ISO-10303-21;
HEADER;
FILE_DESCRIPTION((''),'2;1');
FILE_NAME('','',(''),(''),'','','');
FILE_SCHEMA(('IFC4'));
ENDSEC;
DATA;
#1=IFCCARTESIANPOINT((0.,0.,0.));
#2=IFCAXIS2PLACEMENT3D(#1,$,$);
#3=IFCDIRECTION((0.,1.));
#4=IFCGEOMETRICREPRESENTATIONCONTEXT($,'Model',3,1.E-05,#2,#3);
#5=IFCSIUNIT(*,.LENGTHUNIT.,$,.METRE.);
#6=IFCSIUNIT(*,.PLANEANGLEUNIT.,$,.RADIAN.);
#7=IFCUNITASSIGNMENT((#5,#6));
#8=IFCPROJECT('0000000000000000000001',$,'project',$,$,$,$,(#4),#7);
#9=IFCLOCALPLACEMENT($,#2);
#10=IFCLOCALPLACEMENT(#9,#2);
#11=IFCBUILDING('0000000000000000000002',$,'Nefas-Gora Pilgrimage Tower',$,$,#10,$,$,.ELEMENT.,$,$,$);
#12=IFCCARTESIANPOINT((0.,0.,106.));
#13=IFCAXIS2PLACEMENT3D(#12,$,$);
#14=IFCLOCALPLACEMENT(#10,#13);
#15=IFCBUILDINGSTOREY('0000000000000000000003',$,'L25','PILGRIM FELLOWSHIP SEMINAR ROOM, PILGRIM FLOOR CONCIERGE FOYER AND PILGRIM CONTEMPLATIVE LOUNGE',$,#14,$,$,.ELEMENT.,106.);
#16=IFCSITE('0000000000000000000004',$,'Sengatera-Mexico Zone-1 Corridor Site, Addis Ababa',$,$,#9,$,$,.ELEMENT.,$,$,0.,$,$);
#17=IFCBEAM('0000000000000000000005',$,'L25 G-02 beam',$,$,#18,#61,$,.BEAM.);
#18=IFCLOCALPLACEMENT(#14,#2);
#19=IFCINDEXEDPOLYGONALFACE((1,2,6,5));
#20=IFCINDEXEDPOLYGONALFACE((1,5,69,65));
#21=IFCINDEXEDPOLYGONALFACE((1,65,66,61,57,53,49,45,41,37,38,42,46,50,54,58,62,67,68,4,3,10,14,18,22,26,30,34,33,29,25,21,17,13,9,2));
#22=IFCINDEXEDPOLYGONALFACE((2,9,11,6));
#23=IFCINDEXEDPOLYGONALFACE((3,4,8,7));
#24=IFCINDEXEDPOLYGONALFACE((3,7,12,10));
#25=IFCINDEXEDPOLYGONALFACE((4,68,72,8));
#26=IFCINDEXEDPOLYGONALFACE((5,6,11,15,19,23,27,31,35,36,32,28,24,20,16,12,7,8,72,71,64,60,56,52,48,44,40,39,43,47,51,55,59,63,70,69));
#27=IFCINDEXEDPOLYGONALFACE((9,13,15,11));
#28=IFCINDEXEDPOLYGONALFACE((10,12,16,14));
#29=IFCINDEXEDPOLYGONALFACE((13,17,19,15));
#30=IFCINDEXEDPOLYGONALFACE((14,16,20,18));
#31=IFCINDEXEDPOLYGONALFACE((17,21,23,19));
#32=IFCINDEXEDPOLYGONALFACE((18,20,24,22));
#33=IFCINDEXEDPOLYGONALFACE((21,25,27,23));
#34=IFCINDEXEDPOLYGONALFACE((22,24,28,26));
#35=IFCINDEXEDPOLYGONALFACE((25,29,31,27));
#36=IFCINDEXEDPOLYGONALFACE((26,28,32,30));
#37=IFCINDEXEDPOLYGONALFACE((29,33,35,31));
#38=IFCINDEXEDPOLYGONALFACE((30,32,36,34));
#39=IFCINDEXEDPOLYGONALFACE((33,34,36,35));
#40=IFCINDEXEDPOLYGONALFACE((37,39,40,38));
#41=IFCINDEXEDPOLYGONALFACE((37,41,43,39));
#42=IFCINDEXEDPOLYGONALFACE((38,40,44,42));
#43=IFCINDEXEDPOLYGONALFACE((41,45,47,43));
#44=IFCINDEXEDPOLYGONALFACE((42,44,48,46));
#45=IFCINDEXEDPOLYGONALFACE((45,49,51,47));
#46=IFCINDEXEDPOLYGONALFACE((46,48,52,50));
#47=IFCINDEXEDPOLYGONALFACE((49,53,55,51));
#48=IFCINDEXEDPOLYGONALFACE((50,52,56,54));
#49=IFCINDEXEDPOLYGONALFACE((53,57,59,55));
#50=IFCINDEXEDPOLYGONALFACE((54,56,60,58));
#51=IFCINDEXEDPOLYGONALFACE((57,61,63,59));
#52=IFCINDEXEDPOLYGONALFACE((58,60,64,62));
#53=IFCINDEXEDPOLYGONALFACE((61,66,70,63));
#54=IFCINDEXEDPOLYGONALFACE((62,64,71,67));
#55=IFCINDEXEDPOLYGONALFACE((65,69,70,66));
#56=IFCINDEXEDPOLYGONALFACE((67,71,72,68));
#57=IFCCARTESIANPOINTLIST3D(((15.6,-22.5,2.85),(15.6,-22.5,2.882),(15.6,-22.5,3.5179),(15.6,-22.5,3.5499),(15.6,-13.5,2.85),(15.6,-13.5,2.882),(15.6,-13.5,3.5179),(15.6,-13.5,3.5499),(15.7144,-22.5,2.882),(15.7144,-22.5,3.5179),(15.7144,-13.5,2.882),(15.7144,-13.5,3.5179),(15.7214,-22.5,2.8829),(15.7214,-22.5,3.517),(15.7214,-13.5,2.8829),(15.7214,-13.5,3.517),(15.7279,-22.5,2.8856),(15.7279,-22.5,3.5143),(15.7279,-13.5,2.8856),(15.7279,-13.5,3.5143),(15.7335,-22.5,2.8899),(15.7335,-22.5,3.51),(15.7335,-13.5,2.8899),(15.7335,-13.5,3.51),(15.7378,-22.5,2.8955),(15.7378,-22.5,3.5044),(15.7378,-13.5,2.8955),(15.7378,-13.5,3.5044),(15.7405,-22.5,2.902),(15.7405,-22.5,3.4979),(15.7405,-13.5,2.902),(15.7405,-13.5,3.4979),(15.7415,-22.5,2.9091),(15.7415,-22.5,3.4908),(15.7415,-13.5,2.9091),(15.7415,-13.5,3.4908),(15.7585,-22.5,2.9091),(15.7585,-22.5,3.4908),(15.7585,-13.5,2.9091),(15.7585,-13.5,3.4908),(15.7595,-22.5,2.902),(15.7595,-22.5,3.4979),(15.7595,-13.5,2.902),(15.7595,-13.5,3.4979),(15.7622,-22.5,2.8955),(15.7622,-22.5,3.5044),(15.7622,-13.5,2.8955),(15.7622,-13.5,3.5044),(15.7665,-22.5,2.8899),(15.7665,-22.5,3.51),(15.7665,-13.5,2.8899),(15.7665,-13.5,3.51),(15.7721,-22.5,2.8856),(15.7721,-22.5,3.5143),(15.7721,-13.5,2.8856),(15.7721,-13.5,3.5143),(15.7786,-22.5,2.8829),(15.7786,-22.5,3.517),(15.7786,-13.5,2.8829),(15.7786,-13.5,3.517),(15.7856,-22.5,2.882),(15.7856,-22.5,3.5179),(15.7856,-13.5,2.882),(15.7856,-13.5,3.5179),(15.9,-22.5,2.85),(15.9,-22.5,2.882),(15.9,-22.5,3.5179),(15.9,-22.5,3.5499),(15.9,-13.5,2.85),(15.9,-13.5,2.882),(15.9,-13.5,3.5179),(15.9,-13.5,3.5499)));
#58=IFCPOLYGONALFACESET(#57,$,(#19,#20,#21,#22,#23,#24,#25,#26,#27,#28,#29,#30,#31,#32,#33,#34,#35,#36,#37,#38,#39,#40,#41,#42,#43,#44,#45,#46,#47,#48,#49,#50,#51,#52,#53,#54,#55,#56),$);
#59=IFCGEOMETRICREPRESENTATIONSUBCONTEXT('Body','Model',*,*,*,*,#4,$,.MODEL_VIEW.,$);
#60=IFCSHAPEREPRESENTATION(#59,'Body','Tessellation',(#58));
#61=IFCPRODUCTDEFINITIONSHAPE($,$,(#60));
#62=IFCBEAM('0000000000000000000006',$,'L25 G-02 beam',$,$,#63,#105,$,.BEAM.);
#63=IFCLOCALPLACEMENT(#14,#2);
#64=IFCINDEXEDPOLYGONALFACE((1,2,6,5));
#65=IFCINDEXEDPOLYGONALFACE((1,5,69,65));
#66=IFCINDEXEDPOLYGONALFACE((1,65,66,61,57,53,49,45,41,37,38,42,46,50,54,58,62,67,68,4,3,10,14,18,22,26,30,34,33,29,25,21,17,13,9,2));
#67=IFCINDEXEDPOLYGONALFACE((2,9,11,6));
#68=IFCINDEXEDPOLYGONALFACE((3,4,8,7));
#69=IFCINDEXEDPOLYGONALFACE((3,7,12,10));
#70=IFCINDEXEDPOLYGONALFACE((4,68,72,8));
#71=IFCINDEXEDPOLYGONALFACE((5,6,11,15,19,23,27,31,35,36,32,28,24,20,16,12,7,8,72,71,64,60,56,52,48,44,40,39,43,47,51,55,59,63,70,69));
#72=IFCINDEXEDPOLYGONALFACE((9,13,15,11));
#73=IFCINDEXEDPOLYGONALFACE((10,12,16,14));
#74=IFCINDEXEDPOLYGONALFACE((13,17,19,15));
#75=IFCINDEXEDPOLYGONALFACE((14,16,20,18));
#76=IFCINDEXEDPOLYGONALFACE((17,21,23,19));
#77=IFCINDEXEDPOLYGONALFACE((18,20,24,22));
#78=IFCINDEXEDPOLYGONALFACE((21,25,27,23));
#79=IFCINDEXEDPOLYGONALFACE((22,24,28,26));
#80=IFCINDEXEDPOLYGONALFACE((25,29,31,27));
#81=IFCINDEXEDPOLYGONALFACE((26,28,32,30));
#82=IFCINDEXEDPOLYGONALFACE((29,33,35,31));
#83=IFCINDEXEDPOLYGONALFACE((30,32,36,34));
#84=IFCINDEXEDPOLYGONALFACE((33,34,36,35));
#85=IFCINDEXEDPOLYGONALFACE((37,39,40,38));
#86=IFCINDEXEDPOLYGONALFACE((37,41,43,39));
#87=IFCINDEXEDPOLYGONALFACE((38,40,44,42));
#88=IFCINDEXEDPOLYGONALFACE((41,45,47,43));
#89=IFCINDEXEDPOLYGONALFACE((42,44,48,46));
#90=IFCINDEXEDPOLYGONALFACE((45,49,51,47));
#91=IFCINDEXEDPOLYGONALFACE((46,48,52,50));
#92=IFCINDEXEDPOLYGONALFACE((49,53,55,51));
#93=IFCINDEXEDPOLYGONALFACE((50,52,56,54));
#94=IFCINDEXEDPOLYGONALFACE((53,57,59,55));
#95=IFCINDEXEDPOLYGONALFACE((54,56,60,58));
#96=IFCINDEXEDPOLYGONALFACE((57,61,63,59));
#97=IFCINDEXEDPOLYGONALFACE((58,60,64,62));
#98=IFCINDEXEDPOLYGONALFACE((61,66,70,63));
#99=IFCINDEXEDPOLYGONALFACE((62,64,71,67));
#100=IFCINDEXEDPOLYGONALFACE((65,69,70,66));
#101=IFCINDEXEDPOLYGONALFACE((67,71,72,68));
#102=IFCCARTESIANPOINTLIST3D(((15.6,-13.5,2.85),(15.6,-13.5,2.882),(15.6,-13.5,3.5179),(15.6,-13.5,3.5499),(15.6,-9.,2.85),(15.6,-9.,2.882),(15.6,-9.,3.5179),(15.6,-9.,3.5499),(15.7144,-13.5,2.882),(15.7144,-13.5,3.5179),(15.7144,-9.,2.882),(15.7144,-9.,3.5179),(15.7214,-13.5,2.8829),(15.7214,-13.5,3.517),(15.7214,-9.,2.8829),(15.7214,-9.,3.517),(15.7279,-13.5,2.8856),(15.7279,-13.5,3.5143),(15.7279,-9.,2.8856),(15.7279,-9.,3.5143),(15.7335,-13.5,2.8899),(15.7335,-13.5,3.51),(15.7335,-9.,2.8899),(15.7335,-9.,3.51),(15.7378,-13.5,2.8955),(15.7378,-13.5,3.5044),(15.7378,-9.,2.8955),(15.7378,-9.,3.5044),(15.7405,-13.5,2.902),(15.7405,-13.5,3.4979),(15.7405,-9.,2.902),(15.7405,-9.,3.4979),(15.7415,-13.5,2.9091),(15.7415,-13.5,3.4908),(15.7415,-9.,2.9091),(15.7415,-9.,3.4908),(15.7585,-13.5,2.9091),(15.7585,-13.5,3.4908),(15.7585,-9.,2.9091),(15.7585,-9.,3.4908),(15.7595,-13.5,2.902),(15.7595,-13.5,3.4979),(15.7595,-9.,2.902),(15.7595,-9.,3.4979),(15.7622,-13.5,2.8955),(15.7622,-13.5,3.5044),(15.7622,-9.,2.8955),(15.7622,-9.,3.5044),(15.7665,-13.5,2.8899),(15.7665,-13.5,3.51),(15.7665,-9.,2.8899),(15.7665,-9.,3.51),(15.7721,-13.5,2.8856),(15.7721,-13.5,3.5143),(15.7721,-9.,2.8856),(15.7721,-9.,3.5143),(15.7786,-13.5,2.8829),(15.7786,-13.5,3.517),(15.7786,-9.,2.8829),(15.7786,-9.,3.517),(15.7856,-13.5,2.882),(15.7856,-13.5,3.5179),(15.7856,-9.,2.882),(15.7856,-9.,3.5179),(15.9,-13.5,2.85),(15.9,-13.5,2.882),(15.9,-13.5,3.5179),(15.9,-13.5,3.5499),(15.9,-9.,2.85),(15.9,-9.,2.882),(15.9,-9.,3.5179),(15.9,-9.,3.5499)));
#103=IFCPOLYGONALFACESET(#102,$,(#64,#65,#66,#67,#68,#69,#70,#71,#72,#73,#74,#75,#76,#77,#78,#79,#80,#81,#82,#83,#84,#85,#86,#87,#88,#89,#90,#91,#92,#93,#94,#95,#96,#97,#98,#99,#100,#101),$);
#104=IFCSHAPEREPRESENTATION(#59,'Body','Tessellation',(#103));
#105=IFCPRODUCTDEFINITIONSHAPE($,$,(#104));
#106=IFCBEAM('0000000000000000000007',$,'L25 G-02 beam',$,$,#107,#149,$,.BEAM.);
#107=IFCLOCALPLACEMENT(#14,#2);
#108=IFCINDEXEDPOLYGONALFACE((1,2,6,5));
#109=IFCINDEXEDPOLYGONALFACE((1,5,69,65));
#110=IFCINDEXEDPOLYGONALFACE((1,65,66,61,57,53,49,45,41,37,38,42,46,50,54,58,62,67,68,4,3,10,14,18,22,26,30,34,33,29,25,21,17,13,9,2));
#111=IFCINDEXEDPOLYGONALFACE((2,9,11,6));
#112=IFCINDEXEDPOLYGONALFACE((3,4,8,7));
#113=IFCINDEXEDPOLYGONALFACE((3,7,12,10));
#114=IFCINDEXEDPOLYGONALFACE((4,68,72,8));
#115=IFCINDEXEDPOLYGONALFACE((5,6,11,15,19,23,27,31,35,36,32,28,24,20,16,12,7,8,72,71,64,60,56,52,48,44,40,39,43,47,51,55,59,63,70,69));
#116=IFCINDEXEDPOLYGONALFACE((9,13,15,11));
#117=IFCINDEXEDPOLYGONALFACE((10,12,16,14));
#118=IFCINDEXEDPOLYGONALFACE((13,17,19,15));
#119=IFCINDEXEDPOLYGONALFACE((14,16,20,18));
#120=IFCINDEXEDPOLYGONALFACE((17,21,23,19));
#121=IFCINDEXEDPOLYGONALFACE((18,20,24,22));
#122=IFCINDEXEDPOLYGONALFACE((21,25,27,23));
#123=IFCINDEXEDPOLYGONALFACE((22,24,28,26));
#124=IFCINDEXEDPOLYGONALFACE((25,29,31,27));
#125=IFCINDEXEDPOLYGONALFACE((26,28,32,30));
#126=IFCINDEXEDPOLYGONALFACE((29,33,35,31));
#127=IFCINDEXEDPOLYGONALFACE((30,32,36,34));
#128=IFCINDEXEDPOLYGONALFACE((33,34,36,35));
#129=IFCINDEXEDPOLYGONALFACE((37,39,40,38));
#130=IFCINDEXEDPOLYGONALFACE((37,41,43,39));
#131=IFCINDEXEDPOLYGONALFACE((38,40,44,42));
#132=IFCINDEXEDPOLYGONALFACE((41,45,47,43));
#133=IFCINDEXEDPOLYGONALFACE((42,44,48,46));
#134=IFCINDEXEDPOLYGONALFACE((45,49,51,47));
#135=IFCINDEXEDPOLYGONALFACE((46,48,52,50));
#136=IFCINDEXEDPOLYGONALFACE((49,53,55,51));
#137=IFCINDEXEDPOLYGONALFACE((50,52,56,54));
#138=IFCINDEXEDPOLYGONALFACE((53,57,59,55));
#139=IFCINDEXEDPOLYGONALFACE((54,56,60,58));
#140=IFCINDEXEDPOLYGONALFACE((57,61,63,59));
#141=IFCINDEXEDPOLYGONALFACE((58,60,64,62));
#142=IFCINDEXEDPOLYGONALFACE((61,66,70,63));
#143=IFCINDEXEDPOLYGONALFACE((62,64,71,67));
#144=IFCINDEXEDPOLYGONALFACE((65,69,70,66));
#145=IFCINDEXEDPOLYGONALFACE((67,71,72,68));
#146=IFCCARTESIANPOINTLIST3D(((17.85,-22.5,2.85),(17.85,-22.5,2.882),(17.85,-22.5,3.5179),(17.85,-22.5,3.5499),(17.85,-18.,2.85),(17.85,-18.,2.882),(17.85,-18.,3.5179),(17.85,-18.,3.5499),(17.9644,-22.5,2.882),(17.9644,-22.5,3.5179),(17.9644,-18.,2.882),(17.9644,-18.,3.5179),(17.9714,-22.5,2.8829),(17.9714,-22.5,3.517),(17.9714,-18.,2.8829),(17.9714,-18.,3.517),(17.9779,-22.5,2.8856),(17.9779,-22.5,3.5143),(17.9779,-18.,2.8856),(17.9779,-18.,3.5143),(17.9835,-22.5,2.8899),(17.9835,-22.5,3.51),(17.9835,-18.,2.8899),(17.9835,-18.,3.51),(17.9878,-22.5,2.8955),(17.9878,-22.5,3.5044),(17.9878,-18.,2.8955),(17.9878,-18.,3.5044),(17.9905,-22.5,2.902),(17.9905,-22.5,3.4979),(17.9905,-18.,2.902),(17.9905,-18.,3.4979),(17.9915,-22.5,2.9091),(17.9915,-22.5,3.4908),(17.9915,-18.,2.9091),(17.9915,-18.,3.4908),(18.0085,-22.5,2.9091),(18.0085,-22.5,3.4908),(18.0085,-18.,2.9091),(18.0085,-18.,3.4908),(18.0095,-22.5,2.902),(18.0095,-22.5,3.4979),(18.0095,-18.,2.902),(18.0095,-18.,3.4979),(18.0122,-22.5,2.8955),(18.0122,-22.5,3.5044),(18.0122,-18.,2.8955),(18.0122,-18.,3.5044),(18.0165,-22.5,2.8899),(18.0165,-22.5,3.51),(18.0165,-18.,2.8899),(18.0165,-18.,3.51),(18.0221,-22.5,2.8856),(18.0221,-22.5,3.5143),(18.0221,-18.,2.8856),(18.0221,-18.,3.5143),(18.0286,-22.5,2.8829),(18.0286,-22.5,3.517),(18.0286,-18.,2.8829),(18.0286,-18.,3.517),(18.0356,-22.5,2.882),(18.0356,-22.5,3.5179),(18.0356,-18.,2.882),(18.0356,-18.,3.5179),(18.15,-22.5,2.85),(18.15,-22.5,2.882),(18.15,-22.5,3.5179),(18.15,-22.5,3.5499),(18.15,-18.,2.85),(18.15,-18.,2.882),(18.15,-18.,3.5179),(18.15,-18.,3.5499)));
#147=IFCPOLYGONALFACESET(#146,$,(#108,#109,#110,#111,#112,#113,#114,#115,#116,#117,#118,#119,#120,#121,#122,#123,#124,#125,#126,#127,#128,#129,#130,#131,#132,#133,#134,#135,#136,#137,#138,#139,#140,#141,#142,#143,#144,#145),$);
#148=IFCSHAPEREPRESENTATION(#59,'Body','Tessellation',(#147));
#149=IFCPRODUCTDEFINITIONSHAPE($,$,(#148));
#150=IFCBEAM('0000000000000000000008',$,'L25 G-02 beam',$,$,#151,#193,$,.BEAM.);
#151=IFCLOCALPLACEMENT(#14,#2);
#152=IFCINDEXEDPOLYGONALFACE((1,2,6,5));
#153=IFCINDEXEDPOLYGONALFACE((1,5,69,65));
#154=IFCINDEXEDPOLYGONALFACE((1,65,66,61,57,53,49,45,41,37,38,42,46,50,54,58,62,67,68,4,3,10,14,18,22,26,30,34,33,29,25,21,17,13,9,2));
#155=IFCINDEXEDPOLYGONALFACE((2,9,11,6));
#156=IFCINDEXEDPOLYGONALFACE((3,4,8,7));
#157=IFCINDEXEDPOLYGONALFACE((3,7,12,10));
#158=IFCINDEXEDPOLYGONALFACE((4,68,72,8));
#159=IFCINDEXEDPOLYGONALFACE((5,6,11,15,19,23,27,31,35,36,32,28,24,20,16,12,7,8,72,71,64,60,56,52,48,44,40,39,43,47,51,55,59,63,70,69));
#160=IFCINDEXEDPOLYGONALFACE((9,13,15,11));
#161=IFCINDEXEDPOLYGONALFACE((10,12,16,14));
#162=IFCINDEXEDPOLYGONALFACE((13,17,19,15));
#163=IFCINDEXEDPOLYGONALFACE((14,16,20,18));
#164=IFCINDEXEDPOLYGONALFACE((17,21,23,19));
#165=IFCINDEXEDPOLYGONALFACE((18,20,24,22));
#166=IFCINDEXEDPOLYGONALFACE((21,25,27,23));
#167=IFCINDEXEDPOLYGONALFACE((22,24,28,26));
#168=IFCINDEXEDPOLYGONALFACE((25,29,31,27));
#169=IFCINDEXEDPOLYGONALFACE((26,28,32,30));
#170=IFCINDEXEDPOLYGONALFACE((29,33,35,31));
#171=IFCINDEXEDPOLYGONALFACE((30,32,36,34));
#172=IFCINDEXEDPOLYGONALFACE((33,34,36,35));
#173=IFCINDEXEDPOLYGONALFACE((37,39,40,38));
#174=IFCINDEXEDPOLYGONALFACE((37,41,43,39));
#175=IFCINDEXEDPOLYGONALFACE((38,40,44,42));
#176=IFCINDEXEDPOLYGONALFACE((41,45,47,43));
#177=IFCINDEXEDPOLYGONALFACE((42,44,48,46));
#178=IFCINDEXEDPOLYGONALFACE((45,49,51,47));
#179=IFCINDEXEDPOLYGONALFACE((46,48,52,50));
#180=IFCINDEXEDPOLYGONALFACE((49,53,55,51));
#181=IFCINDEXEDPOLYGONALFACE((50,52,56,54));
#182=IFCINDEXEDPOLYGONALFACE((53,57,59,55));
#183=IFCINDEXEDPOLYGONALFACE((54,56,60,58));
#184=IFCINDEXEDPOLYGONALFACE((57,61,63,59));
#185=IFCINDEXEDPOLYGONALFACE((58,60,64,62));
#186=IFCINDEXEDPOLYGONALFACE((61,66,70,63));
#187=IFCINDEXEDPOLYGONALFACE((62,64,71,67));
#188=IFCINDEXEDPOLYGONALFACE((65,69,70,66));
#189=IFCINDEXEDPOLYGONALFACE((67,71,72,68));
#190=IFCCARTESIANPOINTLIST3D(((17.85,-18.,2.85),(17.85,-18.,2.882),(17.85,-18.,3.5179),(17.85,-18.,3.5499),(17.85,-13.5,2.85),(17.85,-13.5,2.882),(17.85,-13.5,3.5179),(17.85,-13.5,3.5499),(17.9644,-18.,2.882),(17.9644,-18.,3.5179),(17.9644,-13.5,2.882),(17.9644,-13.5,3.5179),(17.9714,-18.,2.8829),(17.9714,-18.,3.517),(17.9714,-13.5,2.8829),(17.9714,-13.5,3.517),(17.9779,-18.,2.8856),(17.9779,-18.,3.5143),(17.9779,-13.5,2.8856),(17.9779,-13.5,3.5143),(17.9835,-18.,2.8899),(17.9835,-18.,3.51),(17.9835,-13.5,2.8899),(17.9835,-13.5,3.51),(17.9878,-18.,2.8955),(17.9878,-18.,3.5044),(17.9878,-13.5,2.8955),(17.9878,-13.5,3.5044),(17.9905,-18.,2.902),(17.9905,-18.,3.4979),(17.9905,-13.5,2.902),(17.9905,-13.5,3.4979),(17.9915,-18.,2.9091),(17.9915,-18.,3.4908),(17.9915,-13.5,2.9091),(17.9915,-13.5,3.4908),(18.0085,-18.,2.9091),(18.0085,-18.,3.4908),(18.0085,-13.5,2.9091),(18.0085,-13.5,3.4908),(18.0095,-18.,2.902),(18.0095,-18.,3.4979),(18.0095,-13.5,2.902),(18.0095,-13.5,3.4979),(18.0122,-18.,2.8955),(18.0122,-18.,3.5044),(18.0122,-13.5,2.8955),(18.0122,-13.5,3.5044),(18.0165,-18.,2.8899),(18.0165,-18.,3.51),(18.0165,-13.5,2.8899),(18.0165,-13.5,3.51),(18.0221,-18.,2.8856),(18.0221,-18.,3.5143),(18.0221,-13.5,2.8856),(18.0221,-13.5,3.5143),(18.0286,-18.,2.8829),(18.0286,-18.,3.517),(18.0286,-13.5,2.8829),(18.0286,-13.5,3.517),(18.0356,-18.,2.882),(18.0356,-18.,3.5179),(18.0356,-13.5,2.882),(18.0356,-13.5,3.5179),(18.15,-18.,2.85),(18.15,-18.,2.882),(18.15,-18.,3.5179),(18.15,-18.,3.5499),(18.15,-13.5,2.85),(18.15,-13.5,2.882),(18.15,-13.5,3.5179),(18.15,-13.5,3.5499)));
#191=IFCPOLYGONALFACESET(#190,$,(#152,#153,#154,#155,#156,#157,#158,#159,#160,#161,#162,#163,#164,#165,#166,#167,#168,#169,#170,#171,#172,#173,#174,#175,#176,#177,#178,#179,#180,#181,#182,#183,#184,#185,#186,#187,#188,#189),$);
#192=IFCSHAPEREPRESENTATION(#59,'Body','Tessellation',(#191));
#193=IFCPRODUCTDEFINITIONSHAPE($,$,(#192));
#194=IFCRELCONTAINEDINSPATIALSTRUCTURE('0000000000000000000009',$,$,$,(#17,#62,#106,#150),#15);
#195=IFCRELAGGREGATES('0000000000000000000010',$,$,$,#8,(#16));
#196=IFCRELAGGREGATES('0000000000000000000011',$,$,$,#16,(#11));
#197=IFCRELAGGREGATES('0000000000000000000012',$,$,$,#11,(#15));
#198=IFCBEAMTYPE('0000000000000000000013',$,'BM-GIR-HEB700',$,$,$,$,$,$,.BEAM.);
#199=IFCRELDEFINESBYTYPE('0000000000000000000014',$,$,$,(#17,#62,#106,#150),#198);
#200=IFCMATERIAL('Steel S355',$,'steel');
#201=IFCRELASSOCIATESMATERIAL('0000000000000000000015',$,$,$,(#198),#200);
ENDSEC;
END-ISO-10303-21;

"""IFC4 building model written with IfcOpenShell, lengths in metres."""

from ifc_helpers import new_model, si_unit, direction, frame, origin, origin_2d, place, context, subcontext, project, spatial, i_section, extrude, source, transform, mapped, material, material_profile, profile_set, type_object, element, save


model = new_model("IFC4")

# Units and contexts
model_context = context("Model", 3, precision=1e-05, world=origin(), true_north=direction((0.0, 1.0)))
body_context = subcontext(model_context, "Body", "Model", "MODEL_VIEW")
ifc_project = project(units=[si_unit("LENGTHUNIT", "METRE"), si_unit("PLANEANGLEUNIT", "RADIAN")], contexts=[model_context])

# Site, building, storey
site_placement = place(None, origin())
site = spatial("IfcSite", under=ifc_project, at=site_placement, Name="Sengatera-Mexico Zone-1 Corridor Site, Addis Ababa", CompositionType="ELEMENT", RefElevation=0.0)
building_placement = place(site_placement, origin())
building = spatial("IfcBuilding", under=site, at=building_placement, Name="Nefas-Gora Pilgrimage Tower", CompositionType="ELEMENT")
storey_placement = place(building_placement, frame((0.0, 0.0, 106.0)))
storey = spatial("IfcBuildingStorey", under=building, at=storey_placement, Name="L25", Description="PILGRIM FELLOWSHIP SEMINAR ROOM, PILGRIM FLOOR CONCIERGE FOYER AND PILGRIM CONTEMPLATIVE LOUNGE", CompositionType="ELEMENT", Elevation=106.0)

# Beams
ifc_material_1 = material(Name="Steel S355", Category="steel")
ifc_material_profile_1 = material_profile(ifc_material_1, i_section(OverallWidth=0.3, OverallDepth=0.7, WebThickness=0.0171, FlangeThickness=0.032, FilletRadius=0.0271, at=origin_2d()), Name="HEB 700")
ifc_profile_set_1 = profile_set([ifc_material_profile_1], Name="Steel S355")
beam_type_1 = type_object("IfcBeamType", Name="BM-GIR-HEB700", PredefinedType="BEAM", material=ifc_profile_set_1)
shared_shape_1 = source(origin(), body_context, "Body", "SweptSolid", [
    extrude(i_section(OverallWidth=0.3, OverallDepth=0.7, WebThickness=0.0171, FlangeThickness=0.032, FilletRadius=0.0271, at=origin_2d()), origin(), (0.0, 0.0, 1.0), 9.0),
])
beam_1_placement = place(storey_placement, frame((15.75, -22.5, 3.2), z_axis=(0.0, 1.0, 0.0), x_axis=(-1.0, 0.0, 0.0)))
element("IfcBeam", 1, at=beam_1_placement, inside=storey, type_object=beam_type_1, Name="L25 G-02 beam", PredefinedType="BEAM", context=body_context, shape_type="MappedRepresentation", body=[
    mapped(shared_shape_1, transform((0.0, 0.0, 0.0), x_axis=(1.0, 0.0, 0.0), y_axis=(0.0, 1.0, 0.0), z_axis=(0.0, 0.0, 1.0), scale=1.0)),
])
shared_shape_2 = source(origin(), body_context, "Body", "SweptSolid", [
    extrude(i_section(OverallWidth=0.3, OverallDepth=0.7, WebThickness=0.0171, FlangeThickness=0.032, FilletRadius=0.0271, at=origin_2d()), origin(), (0.0, 0.0, 1.0), 4.5),
])
for number, where, z_axis, x_axis, name in (
    (2, (15.75, -13.5, 3.2), (0.0, 1.0, 0.0), (-1.0, 0.0, 0.0), "L25 G-02 beam"),
    (3, (18.0, -22.5, 3.2), (0.0, 1.0, 0.0), (-1.0, 0.0, 0.0), "L25 G-02 beam"),
    (4, (18.0, -18.0, 3.2), (0.0, 1.0, 0.0), (-1.0, 0.0, 0.0), "L25 G-02 beam"),
):
    element("IfcBeam", number, at=place(storey_placement, frame(where, z_axis=z_axis, x_axis=x_axis)), inside=storey, type_object=beam_type_1, Name=name, PredefinedType="BEAM", context=body_context, shape_type="MappedRepresentation", body=[
        mapped(shared_shape_2, transform((0.0, 0.0, 0.0), x_axis=(1.0, 0.0, 0.0), y_axis=(0.0, 1.0, 0.0), z_axis=(0.0, 0.0, 1.0), scale=1.0)),
    ])

save(model, "model.ifc")
